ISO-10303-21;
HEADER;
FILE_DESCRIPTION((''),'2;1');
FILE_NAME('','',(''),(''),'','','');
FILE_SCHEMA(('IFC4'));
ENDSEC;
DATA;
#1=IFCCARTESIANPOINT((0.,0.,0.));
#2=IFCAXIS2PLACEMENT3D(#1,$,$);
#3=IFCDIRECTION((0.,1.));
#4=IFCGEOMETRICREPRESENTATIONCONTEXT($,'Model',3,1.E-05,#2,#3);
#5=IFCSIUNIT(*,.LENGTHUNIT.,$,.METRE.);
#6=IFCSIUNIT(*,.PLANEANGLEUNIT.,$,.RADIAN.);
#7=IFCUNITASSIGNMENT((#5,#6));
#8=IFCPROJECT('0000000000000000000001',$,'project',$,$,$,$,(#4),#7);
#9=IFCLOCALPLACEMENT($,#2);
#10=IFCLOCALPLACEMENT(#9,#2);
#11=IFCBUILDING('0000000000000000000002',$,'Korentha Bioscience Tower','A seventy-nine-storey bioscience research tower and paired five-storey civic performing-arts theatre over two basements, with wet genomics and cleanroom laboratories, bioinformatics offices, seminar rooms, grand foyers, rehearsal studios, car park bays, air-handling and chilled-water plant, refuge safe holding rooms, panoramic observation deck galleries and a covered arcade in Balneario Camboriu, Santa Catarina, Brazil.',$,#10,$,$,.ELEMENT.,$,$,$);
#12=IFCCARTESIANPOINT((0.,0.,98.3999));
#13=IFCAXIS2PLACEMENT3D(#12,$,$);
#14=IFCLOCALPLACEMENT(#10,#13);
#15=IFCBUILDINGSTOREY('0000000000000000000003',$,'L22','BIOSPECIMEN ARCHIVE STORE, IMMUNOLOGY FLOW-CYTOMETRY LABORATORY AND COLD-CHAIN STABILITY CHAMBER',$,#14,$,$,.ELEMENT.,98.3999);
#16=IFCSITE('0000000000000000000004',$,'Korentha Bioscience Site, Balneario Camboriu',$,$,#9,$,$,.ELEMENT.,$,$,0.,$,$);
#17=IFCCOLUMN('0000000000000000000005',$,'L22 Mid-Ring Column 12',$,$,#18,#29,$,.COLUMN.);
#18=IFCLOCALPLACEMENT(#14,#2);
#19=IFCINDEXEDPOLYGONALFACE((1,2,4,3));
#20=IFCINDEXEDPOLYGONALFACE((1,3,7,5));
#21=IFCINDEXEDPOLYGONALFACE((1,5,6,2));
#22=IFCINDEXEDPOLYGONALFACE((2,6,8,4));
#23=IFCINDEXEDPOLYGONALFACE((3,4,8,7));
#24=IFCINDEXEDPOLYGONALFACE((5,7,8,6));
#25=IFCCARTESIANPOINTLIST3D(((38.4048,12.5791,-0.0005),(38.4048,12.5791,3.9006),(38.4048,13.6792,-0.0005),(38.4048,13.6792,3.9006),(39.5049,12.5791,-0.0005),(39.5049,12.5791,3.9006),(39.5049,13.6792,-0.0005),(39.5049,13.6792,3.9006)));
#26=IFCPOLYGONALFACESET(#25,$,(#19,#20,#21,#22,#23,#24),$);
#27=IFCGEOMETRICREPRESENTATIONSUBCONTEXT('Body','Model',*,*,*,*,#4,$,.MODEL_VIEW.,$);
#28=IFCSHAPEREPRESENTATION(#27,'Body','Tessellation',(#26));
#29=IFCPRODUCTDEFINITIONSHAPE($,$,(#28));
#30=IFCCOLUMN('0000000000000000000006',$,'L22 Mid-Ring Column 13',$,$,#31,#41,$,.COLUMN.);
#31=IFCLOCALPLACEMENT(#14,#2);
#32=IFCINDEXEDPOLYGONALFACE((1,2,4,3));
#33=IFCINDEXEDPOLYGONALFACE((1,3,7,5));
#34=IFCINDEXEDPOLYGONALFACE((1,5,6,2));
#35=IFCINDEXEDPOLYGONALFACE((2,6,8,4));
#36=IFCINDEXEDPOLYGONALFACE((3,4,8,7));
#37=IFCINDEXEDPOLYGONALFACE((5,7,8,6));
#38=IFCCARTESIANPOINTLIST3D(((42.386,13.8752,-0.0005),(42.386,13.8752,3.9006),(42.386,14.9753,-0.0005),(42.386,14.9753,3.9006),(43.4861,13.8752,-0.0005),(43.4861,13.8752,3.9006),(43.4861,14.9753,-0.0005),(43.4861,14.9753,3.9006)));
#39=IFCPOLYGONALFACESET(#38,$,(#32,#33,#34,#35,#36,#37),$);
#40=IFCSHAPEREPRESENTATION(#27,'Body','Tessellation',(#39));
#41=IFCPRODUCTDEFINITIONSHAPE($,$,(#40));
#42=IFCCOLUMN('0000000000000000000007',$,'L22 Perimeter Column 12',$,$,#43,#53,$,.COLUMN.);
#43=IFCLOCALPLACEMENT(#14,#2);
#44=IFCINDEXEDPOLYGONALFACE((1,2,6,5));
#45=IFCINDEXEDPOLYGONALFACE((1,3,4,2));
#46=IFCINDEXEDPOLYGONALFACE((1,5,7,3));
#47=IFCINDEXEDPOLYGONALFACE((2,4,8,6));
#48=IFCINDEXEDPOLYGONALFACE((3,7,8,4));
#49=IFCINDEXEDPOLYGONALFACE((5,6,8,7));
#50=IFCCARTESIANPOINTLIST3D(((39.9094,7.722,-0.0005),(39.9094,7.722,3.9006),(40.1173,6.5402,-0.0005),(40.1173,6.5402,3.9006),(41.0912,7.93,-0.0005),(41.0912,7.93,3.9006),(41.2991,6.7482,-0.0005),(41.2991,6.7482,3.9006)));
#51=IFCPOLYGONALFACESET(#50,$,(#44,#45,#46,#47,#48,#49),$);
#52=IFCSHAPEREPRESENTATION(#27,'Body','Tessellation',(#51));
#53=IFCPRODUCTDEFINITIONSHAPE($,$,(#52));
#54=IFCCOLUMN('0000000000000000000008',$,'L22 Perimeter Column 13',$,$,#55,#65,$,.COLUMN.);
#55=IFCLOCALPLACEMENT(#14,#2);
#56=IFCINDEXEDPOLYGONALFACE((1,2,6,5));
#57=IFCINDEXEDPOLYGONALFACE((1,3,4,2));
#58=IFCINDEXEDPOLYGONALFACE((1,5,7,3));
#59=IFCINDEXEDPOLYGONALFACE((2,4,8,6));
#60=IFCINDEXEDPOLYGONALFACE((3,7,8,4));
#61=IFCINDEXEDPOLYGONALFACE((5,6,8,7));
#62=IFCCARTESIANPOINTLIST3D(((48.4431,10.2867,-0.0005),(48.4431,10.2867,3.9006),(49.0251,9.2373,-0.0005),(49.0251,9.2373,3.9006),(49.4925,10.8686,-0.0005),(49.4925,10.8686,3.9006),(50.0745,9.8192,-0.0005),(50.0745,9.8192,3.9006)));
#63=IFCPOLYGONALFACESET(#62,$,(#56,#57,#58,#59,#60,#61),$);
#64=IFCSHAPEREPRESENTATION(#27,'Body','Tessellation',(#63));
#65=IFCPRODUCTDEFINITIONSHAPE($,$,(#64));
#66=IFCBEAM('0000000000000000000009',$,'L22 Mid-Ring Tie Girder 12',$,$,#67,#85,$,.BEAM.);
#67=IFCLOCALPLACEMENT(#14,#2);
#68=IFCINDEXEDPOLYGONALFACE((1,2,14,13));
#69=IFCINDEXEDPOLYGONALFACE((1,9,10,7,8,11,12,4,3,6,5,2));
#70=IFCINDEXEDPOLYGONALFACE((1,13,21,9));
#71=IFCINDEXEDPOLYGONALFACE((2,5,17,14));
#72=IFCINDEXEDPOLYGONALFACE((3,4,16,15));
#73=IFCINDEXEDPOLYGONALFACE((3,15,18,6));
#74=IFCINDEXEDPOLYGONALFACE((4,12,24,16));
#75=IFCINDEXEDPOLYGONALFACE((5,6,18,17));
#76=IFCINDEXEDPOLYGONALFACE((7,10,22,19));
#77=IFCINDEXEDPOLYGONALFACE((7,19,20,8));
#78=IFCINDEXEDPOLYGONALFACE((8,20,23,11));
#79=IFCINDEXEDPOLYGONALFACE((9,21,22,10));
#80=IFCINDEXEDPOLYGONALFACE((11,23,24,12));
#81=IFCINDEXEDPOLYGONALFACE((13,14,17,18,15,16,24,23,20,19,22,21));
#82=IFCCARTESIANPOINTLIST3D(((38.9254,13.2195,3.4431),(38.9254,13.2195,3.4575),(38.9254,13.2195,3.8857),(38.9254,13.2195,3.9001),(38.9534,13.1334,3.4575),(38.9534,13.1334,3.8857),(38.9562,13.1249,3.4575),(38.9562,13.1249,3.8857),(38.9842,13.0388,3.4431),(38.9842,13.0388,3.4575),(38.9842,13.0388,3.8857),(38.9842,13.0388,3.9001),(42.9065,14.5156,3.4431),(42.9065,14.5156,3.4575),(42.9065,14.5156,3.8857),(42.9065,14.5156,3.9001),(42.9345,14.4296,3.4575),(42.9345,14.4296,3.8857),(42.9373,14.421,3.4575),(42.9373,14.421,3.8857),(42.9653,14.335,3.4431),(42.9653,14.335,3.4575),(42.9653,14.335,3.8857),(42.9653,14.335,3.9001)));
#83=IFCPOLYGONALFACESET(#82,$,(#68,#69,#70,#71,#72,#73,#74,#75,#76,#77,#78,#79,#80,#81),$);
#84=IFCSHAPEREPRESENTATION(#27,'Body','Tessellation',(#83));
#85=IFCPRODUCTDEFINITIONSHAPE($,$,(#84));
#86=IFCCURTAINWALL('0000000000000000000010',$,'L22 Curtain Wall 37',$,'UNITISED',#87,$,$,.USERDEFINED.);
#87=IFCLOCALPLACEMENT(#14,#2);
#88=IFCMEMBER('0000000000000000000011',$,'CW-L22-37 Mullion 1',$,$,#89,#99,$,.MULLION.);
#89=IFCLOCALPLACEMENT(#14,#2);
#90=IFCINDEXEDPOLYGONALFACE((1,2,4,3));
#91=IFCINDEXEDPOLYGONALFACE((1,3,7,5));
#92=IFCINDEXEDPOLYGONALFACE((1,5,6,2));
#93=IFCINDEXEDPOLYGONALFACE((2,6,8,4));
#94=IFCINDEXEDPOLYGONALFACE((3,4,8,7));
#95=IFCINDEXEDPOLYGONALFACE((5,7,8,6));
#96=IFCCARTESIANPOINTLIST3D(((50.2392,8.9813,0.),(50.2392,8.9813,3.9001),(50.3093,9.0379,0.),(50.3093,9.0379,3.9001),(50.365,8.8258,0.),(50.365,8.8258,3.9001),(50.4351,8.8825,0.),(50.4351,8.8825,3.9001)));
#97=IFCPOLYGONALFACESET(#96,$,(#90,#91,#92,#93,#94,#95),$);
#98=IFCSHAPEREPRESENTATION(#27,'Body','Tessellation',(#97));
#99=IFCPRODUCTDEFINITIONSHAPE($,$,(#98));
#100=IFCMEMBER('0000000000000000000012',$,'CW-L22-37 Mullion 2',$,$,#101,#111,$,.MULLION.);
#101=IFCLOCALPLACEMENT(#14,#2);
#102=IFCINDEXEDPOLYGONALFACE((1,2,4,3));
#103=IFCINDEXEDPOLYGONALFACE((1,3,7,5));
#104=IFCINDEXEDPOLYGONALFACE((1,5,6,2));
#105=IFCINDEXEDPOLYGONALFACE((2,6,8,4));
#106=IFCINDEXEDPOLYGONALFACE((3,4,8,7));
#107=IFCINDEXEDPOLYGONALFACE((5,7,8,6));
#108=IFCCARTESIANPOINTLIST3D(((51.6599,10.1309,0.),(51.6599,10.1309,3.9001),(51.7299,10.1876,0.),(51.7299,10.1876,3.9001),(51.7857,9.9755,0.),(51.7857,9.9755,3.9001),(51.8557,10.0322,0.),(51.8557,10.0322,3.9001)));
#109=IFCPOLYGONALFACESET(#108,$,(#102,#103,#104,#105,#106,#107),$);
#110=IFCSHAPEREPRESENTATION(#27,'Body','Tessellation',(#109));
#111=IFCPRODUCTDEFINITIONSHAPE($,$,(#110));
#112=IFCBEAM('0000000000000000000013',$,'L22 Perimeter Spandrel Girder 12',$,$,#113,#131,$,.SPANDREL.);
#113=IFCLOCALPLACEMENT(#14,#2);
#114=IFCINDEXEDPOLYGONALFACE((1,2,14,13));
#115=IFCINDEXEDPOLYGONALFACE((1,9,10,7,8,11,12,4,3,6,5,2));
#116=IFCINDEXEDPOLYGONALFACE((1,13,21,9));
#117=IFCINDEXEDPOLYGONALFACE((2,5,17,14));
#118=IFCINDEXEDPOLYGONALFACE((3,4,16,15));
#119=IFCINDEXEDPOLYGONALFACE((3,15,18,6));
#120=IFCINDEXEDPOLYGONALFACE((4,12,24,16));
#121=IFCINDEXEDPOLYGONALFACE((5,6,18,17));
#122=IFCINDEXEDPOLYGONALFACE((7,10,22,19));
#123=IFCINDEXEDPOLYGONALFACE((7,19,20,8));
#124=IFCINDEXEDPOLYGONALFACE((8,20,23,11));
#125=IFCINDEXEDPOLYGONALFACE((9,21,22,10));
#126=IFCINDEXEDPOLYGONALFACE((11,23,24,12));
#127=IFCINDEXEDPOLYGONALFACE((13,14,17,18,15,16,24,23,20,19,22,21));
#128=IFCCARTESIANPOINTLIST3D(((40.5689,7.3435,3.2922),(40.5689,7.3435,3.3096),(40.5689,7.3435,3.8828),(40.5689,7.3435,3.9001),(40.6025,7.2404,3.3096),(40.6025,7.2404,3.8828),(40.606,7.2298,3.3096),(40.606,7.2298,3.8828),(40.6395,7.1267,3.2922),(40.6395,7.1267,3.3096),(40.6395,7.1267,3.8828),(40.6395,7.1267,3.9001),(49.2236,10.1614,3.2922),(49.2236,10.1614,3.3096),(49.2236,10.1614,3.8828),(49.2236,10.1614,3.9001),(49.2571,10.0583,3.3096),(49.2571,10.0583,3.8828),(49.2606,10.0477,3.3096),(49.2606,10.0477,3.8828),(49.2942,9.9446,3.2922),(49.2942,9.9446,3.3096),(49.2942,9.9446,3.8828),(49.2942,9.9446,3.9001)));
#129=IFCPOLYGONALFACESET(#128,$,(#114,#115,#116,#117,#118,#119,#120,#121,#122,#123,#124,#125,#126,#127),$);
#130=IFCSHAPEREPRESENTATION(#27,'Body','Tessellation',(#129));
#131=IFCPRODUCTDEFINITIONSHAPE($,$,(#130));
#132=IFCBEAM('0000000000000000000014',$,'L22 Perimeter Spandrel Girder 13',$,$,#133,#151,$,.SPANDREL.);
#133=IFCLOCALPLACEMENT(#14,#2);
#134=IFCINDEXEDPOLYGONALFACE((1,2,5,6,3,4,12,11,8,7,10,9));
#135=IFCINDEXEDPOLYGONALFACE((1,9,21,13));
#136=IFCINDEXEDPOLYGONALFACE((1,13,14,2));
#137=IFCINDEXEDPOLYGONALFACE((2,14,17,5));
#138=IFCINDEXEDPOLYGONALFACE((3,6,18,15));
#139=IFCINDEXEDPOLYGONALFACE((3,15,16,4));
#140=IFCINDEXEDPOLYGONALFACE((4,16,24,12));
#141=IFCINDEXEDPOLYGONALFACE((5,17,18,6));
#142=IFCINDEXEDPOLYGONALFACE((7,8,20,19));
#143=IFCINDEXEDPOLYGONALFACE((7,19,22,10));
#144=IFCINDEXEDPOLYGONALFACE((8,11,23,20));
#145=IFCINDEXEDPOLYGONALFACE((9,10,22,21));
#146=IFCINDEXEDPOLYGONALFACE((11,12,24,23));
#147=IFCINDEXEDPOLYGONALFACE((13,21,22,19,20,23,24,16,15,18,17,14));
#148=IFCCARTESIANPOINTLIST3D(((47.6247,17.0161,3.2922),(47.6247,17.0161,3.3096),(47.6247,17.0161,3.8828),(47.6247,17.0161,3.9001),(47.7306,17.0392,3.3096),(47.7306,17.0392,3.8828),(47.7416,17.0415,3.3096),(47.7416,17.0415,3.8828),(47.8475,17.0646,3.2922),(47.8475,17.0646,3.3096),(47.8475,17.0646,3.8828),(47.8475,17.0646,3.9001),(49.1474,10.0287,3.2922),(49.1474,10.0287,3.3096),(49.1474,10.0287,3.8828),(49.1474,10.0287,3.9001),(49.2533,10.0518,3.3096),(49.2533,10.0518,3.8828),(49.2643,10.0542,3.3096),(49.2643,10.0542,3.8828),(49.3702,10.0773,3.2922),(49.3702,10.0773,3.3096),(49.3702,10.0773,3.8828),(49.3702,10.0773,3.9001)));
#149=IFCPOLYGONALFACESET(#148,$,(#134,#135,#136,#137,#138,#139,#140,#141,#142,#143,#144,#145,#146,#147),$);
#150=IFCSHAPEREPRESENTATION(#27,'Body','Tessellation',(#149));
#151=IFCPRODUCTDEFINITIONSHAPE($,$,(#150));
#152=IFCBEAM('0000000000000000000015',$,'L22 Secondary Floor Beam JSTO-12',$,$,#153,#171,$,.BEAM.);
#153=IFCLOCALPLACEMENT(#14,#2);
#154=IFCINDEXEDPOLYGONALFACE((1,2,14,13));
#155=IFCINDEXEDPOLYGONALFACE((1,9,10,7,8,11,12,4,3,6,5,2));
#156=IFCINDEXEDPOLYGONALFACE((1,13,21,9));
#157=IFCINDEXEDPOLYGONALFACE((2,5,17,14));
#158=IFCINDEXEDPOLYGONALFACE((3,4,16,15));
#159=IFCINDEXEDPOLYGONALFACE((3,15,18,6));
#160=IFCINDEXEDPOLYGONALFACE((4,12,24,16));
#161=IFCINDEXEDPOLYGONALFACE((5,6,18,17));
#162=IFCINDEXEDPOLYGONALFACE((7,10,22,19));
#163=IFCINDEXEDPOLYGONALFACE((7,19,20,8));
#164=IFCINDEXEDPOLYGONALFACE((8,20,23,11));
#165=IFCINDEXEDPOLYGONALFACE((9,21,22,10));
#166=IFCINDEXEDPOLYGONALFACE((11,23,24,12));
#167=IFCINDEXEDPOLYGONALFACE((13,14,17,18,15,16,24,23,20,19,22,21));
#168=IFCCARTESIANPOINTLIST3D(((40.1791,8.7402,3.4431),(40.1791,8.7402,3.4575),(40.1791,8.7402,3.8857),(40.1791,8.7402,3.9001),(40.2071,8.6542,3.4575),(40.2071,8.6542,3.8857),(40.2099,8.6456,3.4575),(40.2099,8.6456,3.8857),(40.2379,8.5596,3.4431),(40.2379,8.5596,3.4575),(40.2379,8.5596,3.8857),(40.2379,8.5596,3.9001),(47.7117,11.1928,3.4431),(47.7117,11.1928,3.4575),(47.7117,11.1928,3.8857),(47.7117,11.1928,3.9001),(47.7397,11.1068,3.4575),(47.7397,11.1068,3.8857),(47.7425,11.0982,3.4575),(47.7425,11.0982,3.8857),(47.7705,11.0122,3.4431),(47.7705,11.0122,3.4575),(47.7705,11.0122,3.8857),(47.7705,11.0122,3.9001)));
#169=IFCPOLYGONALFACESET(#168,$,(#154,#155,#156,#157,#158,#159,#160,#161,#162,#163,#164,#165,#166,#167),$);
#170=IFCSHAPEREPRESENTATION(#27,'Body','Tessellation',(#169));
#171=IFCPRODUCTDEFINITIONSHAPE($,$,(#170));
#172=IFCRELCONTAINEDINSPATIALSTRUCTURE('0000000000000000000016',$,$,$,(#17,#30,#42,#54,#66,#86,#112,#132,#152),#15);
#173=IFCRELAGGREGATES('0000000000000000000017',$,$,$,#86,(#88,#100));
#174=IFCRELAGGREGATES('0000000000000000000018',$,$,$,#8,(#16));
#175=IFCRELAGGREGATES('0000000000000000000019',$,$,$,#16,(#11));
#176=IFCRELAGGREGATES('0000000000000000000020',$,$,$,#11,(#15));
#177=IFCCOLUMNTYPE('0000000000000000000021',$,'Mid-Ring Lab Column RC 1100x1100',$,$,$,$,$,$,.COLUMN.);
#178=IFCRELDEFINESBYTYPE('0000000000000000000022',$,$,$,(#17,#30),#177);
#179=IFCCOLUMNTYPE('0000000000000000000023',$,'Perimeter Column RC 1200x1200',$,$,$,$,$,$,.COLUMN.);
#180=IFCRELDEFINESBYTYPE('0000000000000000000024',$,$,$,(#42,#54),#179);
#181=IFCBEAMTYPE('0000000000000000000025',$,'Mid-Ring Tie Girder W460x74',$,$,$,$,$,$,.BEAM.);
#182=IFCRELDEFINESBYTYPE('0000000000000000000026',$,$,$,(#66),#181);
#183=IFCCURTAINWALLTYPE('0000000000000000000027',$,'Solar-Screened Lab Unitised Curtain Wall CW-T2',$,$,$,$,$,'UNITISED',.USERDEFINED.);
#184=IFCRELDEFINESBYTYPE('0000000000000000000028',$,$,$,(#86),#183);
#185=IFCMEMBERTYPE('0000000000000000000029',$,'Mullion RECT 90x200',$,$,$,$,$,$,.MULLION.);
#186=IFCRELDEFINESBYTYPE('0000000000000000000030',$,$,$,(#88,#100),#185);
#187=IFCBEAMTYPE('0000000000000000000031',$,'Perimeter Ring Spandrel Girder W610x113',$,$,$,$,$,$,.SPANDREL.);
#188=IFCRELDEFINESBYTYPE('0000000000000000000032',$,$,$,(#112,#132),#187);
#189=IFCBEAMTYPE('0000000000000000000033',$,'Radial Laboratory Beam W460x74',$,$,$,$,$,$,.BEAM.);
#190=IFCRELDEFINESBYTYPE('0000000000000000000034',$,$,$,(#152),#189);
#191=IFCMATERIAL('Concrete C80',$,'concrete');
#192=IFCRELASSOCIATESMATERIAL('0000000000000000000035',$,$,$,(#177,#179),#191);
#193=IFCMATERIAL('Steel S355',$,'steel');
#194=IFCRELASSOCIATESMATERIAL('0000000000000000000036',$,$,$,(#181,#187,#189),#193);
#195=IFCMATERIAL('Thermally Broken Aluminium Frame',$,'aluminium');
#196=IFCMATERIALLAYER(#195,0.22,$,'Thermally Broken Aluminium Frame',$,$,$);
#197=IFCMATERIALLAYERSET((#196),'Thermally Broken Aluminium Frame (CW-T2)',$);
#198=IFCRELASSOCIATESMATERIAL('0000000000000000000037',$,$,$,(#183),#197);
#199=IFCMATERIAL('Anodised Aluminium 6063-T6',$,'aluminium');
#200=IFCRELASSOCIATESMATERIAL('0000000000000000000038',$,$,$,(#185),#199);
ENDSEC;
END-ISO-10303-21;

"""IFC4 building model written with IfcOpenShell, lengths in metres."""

from ifc_helpers import new_model, si_unit, direction, frame, origin, origin_2d, place, context, subcontext, project, spatial, rectangle, i_section, extrude, material, layer, layer_set, material_profile, profile_set, type_object, element, aggregate, save


model = new_model("IFC4")

# Units and contexts
model_context = context("Model", 3, precision=1e-05, world=origin(), true_north=direction((0.0, 1.0)))
body_context = subcontext(model_context, "Body", "Model", "MODEL_VIEW")
ifc_project = project(units=[si_unit("LENGTHUNIT", "METRE"), si_unit("PLANEANGLEUNIT", "RADIAN")], contexts=[model_context])

# Site, building, storey
site_placement = place(None, origin())
site = spatial("IfcSite", under=ifc_project, at=site_placement, Name="Korentha Bioscience Site, Balneario Camboriu", CompositionType="ELEMENT", RefElevation=0.0)
building_placement = place(site_placement, origin())
building = spatial("IfcBuilding", under=site, at=building_placement, Name="Korentha Bioscience Tower", Description="A seventy-nine-storey bioscience research tower and paired five-storey civic performing-arts theatre over two basements, with wet genomics and cleanroom laboratories, bioinformatics offices, seminar rooms, grand foyers, rehearsal studios, car park bays, air-handling and chilled-water plant, refuge safe holding rooms, panoramic observation deck galleries and a covered arcade in Balneario Camboriu, Santa Catarina, Brazil.", CompositionType="ELEMENT")
storey_placement = place(building_placement, frame((0.0, 0.0, 98.3999)))
storey = spatial("IfcBuildingStorey", under=building, at=storey_placement, Name="L22", Description="BIOSPECIMEN ARCHIVE STORE, IMMUNOLOGY FLOW-CYTOMETRY LABORATORY AND COLD-CHAIN STABILITY CHAMBER", CompositionType="ELEMENT", Elevation=98.3999)

# Columns
ifc_material_1 = material(Name="Concrete C80", Category="concrete")
ifc_material_profile_1 = material_profile(ifc_material_1, rectangle(XDim=1.1001, YDim=1.1001, at=origin_2d()), Name="Concrete C80")
ifc_profile_set_1 = profile_set([ifc_material_profile_1], Name="Concrete C80 (COL-MR11)")
column_type_1 = type_object("IfcColumnType", Name="Mid-Ring Lab Column RC 1100x1100", PredefinedType="COLUMN", material=ifc_profile_set_1)
for number, where, z_axis, x_axis, name in (
    (1, (38.9548, 13.1292, -0.0005), (0.0, 0.0, 1.0), (1.0, 0.0, 0.0), "L22 Mid-Ring Column 12"),
    (2, (42.936, 14.4253, -0.0005), (0.0, 0.0, 1.0), (1.0, 0.0, 0.0), "L22 Mid-Ring Column 13"),
):
    element("IfcColumn", number, at=place(storey_placement, frame(where, z_axis=z_axis, x_axis=x_axis)), inside=storey, type_object=column_type_1, Name=name, PredefinedType="COLUMN", context=body_context, shape_type="SweptSolid", body=[
        extrude(rectangle(XDim=1.1001, YDim=1.1001, at=origin_2d()), origin(), (0.0, 0.0, 1.0), 3.9011),
    ])
ifc_material_profile_2 = material_profile(ifc_material_1, rectangle(XDim=1.2, YDim=1.2, at=origin_2d()), Name="Concrete C80")
ifc_profile_set_2 = profile_set([ifc_material_profile_2], Name="Concrete C80 (COL-P12)")
column_type_2 = type_object("IfcColumnType", Name="Perimeter Column RC 1200x1200", PredefinedType="COLUMN", material=ifc_profile_set_2)
for number, where, z_axis, x_axis, name in (
    (3, (40.6042, 7.2351, -0.0005), (0.0, 0.0, 1.0), (0.984868, 0.173304, 0.0), "L22 Perimeter Column 12"),
    (4, (49.2588, 10.053, -0.0005), (0.0, 0.0, 1.0), (0.874535, 0.484962, 0.0), "L22 Perimeter Column 13"),
):
    element("IfcColumn", number, at=place(storey_placement, frame(where, z_axis=z_axis, x_axis=x_axis)), inside=storey, type_object=column_type_2, Name=name, PredefinedType="COLUMN", context=body_context, shape_type="SweptSolid", body=[
        extrude(rectangle(XDim=1.2, YDim=1.2, at=origin_2d()), origin(), (0.0, 0.0, 1.0), 3.9011),
    ])

# Beam
ifc_material_2 = material(Name="Steel S355", Category="steel")
ifc_material_profile_3 = material_profile(ifc_material_2, i_section(OverallWidth=0.1899, OverallDepth=0.457, WebThickness=0.009, FlangeThickness=0.0144, at=origin_2d()), Name="Steel S355")
ifc_profile_set_3 = profile_set([ifc_material_profile_3], Name="Steel S355 (MB-460)")
beam_type_1 = type_object("IfcBeamType", Name="Mid-Ring Tie Girder W460x74", PredefinedType="BEAM", material=ifc_profile_set_3)
beam_1_placement = place(storey_placement, frame((38.9548, 13.1292, 3.6716), z_axis=(0.950876, 0.309573, 0.0), x_axis=(-0.309573, 0.950876, 0.0)))
element("IfcBeam", 5, at=beam_1_placement, inside=storey, type_object=beam_type_1, Name="L22 Mid-Ring Tie Girder 12", PredefinedType="BEAM", context=body_context, shape_type="SweptSolid", body=[
    extrude(i_section(OverallWidth=0.1899, OverallDepth=0.457, WebThickness=0.009, FlangeThickness=0.0144, at=origin_2d()), origin(), (0.0, 0.0, 1.0), 4.1868),
])

# Curtain wall, members
ifc_material_3 = material(Name="Thermally Broken Aluminium Frame", Category="aluminium")
ifc_layer_1 = layer(ifc_material_3, 0.22, Name="Thermally Broken Aluminium Frame")
ifc_layer_set_1 = layer_set([ifc_layer_1], Name="Thermally Broken Aluminium Frame (CW-T2)")
curtain_wall_type = type_object("IfcCurtainWallType", Name="Solar-Screened Lab Unitised Curtain Wall CW-T2", ElementType="UNITISED", PredefinedType="USERDEFINED", material=ifc_layer_set_1)
curtain_wall_placement = place(storey_placement, origin())
curtain_wall = element("IfcCurtainWall", 6, at=curtain_wall_placement, inside=storey, type_object=curtain_wall_type, Name="L22 Curtain Wall 37", ObjectType="UNITISED", PredefinedType="USERDEFINED")
ifc_material_4 = material(Name="Anodised Aluminium 6063-T6", Category="aluminium")
ifc_material_profile_4 = material_profile(ifc_material_4, rectangle(XDim=0.0901, YDim=0.2, at=origin_2d()), Name="Anodised Aluminium 6063-T6")
ifc_profile_set_4 = profile_set([ifc_material_profile_4], Name="Anodised Aluminium 6063-T6 (CW-MUL)")
member_type_1 = type_object("IfcMemberType", Name="Mullion RECT 90x200", PredefinedType="MULLION", material=ifc_profile_set_4)
member_1_placement = place(storey_placement, frame((50.3372, 8.9319, 0.0), z_axis=(0.0, 0.0, 1.0), x_axis=(0.777315, 0.629111, 0.0)))
member_1 = element("IfcMember", 7, at=member_1_placement, type_object=member_type_1, Name="CW-L22-37 Mullion 1", PredefinedType="MULLION", context=body_context, shape_type="SweptSolid", body=[
    extrude(rectangle(XDim=0.0901, YDim=0.2, at=origin_2d()), origin(), (0.0, 0.0, 1.0), 3.9001),
])
member_2_placement = place(storey_placement, frame((51.7578, 10.0815, 0.0), z_axis=(0.0, 0.0, 1.0), x_axis=(0.777315, 0.629111, 0.0)))
member_2 = element("IfcMember", 8, at=member_2_placement, type_object=member_type_1, Name="CW-L22-37 Mullion 2", PredefinedType="MULLION", context=body_context, shape_type="SweptSolid", body=[
    extrude(rectangle(XDim=0.0901, YDim=0.2, at=origin_2d()), origin(), (0.0, 0.0, 1.0), 3.9001),
])

# Beams
ifc_material_profile_5 = material_profile(ifc_material_2, i_section(OverallWidth=0.228, OverallDepth=0.6079, WebThickness=0.0112, FlangeThickness=0.0173, at=origin_2d()), Name="Steel S355")
ifc_profile_set_5 = profile_set([ifc_material_profile_5], Name="Steel S355 (SB-610)")
beam_type_2 = type_object("IfcBeamType", Name="Perimeter Ring Spandrel Girder W610x113", PredefinedType="SPANDREL", material=ifc_profile_set_5)
beam_2_placement = place(storey_placement, frame((40.6042, 7.2351, 3.5962), z_axis=(0.950868, 0.309597, 0.0), x_axis=(-0.309597, 0.950868, 0.0)))
element("IfcBeam", 9, at=beam_2_placement, inside=storey, type_object=beam_type_2, Name="L22 Perimeter Spandrel Girder 12", PredefinedType="SPANDREL", context=body_context, shape_type="SweptSolid", body=[
    extrude(i_section(OverallWidth=0.228, OverallDepth=0.6079, WebThickness=0.0112, FlangeThickness=0.0173, at=origin_2d()), origin(), (0.0, 0.0, 1.0), 9.1018),
])
beam_3_placement = place(storey_placement, frame((49.2588, 10.053, 3.5962), z_axis=(-0.212927, 0.977068, 0.0), x_axis=(-0.977068, -0.212927, 0.0)))
element("IfcBeam", 10, at=beam_3_placement, inside=storey, type_object=beam_type_2, Name="L22 Perimeter Spandrel Girder 13", PredefinedType="SPANDREL", context=body_context, shape_type="SweptSolid", body=[
    extrude(i_section(OverallWidth=0.228, OverallDepth=0.6079, WebThickness=0.0112, FlangeThickness=0.0173, at=origin_2d()), origin(), (0.0, 0.0, 1.0), 7.1514),
])
ifc_material_profile_6 = material_profile(ifc_material_2, i_section(OverallWidth=0.1899, OverallDepth=0.457, WebThickness=0.009, FlangeThickness=0.0144, at=origin_2d()), Name="Steel S355")
ifc_profile_set_6 = profile_set([ifc_material_profile_6], Name="Steel S355 (RB-460)")
beam_type_3 = type_object("IfcBeamType", Name="Radial Laboratory Beam W460x74", PredefinedType="BEAM", material=ifc_profile_set_6)
beam_4_placement = place(storey_placement, frame((40.2085, 8.6499, 3.6716), z_axis=(0.950867, 0.3096, 0.0), x_axis=(-0.3096, 0.950867, 0.0)))
element("IfcBeam", 11, at=beam_4_placement, inside=storey, type_object=beam_type_3, Name="L22 Secondary Floor Beam JSTO-12", PredefinedType="BEAM", context=body_context, shape_type="SweptSolid", body=[
    extrude(i_section(OverallWidth=0.1899, OverallDepth=0.457, WebThickness=0.009, FlangeThickness=0.0144, at=origin_2d()), origin(), (0.0, 0.0, 1.0), 7.9219),
])

aggregate(curtain_wall, [member_1, member_2])

save(model, "model.ifc")
